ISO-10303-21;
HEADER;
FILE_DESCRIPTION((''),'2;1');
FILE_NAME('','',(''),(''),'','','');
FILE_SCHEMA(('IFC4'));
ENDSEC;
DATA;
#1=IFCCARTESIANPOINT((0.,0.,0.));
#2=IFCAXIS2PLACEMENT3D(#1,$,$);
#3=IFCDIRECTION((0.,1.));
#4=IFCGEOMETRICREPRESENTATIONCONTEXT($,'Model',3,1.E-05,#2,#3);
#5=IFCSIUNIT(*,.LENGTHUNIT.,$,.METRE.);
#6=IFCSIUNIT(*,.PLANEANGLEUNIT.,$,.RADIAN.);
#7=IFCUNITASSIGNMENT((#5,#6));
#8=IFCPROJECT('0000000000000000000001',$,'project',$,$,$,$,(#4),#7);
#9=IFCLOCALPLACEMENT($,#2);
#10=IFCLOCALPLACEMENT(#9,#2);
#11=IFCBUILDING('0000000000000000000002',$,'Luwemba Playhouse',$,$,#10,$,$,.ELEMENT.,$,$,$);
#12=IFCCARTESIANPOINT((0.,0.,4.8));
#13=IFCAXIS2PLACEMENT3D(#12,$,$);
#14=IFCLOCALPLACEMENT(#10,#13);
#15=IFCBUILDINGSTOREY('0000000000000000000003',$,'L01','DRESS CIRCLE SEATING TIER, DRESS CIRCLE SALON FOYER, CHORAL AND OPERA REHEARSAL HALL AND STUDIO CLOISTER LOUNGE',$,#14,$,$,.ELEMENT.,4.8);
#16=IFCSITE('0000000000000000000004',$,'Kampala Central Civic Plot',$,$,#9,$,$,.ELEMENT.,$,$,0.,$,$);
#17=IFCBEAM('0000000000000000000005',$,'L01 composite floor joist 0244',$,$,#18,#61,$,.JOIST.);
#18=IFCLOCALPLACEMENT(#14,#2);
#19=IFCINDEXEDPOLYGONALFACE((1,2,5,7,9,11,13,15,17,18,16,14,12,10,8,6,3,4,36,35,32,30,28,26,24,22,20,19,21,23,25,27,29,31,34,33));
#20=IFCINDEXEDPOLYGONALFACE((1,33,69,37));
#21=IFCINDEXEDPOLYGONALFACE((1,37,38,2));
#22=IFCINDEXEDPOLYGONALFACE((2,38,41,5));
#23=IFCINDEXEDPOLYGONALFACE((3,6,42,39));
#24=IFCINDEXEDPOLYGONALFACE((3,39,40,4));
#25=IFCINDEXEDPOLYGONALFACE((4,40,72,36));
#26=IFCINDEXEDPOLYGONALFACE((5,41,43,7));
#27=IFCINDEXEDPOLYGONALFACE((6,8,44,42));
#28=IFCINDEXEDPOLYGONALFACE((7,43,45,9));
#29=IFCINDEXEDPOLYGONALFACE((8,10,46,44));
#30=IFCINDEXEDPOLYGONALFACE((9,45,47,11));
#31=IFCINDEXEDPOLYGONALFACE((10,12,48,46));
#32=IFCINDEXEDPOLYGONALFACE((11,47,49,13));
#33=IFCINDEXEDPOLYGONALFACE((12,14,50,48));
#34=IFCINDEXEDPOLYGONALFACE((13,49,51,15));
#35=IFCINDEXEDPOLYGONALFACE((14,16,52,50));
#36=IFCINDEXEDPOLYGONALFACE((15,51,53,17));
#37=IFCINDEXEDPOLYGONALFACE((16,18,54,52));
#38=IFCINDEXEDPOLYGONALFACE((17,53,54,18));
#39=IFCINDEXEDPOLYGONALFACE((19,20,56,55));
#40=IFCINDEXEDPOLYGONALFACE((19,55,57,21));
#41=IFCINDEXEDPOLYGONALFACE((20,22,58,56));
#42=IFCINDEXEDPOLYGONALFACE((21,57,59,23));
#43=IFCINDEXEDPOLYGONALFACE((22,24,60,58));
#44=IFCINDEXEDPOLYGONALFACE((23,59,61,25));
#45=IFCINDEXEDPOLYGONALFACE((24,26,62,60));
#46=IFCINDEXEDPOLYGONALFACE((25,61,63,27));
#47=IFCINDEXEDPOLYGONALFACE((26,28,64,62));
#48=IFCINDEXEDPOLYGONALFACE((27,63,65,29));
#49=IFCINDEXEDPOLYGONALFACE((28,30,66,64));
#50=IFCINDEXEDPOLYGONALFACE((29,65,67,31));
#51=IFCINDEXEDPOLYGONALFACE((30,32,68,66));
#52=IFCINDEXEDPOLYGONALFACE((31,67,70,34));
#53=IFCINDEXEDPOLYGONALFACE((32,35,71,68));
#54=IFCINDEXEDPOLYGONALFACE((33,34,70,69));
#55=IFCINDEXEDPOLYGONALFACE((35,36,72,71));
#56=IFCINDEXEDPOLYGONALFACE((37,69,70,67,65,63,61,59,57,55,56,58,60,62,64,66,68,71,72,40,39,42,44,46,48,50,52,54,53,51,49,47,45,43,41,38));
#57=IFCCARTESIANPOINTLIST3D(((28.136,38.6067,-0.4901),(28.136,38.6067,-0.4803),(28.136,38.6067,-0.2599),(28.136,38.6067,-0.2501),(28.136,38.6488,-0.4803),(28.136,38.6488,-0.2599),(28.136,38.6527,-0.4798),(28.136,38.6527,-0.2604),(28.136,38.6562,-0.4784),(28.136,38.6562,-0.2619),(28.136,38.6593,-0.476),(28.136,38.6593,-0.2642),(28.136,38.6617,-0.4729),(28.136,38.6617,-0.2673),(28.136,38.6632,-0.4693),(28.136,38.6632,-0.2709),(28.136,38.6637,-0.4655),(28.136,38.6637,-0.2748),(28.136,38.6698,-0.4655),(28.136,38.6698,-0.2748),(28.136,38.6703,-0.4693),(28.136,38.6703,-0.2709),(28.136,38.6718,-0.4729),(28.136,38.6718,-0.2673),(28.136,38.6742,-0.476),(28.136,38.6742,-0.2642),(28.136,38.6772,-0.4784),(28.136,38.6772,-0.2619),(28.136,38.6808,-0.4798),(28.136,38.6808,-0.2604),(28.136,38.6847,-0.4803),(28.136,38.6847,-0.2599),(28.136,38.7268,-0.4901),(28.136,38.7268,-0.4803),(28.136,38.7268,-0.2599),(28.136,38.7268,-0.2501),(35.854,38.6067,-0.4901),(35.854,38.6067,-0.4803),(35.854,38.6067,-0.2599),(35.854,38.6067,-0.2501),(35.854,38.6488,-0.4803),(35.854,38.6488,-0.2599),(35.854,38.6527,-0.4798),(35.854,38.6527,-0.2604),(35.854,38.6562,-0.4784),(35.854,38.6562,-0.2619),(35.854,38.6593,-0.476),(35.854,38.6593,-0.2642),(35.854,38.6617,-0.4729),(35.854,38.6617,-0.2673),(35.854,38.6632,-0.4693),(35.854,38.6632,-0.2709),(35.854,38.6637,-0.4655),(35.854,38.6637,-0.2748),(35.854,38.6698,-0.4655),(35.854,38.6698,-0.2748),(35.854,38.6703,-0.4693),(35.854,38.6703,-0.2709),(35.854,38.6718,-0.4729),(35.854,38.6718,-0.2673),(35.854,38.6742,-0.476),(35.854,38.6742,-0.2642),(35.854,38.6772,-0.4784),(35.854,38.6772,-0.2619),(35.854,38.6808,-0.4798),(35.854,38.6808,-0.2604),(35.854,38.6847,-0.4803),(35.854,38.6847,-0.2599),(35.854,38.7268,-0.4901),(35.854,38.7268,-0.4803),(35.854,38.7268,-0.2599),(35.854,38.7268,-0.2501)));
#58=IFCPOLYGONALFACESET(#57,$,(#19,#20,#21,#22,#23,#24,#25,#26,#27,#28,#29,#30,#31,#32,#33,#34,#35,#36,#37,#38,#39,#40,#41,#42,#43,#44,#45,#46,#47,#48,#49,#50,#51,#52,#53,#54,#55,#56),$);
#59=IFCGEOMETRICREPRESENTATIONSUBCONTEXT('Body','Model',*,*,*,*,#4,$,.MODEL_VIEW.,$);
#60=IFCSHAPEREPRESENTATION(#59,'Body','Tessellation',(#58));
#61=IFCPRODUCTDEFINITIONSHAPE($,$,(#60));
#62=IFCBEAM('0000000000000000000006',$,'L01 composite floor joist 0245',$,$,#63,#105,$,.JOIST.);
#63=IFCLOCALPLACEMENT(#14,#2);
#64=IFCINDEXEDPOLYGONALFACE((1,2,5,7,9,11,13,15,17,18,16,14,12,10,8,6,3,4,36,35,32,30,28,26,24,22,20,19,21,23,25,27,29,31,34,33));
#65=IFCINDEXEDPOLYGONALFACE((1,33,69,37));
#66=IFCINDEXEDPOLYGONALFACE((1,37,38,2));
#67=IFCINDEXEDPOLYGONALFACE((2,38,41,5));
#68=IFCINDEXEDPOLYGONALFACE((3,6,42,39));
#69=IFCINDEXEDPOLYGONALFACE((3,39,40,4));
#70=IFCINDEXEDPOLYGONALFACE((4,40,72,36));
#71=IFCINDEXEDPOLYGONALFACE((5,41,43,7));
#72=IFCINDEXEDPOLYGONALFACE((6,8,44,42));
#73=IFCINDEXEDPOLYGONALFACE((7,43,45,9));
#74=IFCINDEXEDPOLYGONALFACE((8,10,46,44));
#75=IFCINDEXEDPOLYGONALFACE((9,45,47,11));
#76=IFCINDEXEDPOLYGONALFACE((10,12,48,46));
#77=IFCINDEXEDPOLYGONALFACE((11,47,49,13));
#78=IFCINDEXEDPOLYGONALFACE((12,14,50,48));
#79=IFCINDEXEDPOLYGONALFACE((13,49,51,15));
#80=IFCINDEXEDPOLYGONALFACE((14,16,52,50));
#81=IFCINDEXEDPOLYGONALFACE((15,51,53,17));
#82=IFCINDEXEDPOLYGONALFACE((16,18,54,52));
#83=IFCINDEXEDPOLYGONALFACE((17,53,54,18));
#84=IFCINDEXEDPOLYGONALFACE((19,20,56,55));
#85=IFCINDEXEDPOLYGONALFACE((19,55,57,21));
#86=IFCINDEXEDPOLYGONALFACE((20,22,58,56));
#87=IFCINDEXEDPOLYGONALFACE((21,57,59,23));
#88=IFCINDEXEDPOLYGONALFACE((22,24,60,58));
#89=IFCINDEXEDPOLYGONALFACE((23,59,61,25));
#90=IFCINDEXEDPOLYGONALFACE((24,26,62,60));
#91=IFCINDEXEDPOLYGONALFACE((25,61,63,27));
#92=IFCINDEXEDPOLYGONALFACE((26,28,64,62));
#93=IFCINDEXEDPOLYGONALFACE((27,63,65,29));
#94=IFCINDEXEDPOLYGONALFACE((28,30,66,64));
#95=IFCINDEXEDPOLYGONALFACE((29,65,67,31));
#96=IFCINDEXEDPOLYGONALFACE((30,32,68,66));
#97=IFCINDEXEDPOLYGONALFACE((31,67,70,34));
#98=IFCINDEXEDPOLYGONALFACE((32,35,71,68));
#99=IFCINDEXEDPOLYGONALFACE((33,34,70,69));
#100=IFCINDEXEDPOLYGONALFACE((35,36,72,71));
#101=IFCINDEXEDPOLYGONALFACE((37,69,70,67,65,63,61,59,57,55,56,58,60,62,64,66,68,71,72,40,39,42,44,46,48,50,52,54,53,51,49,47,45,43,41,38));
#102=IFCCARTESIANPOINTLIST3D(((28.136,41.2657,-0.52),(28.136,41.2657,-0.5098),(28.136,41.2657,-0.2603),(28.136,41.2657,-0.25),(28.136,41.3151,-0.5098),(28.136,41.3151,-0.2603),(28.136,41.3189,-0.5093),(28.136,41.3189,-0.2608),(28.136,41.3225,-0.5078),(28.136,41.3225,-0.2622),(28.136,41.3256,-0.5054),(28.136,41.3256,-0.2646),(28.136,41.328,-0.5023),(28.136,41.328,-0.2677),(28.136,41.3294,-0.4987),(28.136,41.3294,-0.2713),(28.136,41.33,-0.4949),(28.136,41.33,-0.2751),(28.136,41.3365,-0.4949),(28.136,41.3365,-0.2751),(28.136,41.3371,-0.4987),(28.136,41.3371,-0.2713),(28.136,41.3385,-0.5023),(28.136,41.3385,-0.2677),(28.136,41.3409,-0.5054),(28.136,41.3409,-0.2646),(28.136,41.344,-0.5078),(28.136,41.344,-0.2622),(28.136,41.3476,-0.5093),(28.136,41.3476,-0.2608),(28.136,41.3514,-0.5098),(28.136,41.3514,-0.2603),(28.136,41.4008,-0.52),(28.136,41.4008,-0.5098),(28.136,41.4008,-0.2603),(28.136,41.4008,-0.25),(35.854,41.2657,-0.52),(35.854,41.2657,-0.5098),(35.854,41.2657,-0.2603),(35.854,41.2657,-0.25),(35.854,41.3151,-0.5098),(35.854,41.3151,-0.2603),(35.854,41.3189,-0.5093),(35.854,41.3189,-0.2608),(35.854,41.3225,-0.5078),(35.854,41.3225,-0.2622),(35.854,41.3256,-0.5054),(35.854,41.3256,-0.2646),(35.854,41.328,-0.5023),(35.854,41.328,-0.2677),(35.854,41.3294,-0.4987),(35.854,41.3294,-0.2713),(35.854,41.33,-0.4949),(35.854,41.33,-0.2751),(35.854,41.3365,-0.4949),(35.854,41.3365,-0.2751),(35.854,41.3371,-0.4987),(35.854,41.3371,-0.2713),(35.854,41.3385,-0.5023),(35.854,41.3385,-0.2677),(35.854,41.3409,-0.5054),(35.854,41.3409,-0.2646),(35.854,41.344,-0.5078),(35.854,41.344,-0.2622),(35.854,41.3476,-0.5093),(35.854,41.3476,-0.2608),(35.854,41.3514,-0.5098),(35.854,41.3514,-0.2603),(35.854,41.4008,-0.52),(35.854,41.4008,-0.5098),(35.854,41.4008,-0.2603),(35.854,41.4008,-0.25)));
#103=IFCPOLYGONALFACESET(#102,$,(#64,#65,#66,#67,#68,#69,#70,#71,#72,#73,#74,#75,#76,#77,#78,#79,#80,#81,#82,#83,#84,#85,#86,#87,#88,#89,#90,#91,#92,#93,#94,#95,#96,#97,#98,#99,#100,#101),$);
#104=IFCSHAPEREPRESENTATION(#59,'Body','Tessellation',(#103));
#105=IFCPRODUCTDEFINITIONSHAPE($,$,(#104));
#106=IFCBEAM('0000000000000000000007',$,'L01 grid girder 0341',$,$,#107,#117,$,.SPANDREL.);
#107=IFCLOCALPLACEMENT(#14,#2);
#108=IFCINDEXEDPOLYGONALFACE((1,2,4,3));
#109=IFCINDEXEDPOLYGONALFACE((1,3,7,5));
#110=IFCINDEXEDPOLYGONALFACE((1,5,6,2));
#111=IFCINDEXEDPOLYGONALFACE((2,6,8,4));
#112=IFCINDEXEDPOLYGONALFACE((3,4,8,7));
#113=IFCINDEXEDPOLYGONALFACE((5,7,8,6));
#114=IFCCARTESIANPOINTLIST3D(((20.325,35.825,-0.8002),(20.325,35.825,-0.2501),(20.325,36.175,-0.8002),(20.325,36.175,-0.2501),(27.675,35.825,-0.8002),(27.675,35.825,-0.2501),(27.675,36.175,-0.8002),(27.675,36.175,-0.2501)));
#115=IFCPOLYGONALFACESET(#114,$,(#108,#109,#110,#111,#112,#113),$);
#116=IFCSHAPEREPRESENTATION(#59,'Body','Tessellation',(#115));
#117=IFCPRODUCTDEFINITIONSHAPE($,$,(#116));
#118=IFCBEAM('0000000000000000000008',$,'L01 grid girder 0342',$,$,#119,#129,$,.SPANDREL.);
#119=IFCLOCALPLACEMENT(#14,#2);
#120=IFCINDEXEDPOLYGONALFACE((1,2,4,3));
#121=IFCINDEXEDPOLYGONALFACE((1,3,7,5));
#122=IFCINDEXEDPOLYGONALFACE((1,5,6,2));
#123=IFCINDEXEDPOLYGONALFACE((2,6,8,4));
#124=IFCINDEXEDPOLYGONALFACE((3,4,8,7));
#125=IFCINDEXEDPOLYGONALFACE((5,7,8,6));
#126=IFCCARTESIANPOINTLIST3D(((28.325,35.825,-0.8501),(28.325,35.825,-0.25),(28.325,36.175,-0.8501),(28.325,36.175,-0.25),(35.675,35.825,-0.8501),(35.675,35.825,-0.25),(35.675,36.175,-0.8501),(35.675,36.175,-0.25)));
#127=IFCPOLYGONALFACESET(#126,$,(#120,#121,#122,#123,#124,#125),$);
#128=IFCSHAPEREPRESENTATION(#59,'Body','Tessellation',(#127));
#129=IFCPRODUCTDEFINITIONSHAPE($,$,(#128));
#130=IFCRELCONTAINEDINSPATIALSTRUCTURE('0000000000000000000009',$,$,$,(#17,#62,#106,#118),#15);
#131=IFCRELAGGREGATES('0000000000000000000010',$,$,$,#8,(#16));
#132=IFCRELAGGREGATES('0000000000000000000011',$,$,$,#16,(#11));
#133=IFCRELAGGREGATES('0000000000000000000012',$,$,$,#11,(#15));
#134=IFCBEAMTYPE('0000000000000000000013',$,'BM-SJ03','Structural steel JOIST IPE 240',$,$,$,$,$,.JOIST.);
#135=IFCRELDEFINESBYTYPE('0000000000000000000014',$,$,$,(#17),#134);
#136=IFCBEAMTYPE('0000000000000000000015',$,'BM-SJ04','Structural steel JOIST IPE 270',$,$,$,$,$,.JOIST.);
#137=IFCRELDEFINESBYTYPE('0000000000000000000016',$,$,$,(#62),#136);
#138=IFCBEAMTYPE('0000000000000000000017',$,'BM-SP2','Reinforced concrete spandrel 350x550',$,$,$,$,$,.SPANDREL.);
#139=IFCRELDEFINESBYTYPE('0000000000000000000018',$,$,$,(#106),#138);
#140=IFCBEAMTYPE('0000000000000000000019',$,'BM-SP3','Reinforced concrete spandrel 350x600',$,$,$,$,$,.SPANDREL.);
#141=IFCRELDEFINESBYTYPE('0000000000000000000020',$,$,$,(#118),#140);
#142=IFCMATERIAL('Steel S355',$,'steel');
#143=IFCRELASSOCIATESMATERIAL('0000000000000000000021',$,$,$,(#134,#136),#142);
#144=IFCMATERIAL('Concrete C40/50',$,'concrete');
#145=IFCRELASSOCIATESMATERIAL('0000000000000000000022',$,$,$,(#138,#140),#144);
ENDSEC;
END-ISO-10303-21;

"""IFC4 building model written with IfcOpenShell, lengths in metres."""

from ifc_helpers import new_model, si_unit, direction, frame, origin, origin_2d, place, context, subcontext, project, spatial, rectangle, i_section, extrude, material, material_profile, profile_set, type_object, element, save


model = new_model("IFC4")

# Units and contexts
model_context = context("Model", 3, precision=1e-05, world=origin(), true_north=direction((0.0, 1.0)))
body_context = subcontext(model_context, "Body", "Model", "MODEL_VIEW")
ifc_project = project(units=[si_unit("LENGTHUNIT", "METRE"), si_unit("PLANEANGLEUNIT", "RADIAN")], contexts=[model_context])

# Site, building, storey
site_placement = place(None, origin())
site = spatial("IfcSite", under=ifc_project, at=site_placement, Name="Kampala Central Civic Plot", CompositionType="ELEMENT", RefElevation=0.0)
building_placement = place(site_placement, origin())
building = spatial("IfcBuilding", under=site, at=building_placement, Name="Luwemba Playhouse", CompositionType="ELEMENT")
storey_placement = place(building_placement, frame((0.0, 0.0, 4.8)))
storey = spatial("IfcBuildingStorey", under=building, at=storey_placement, Name="L01", Description="DRESS CIRCLE SEATING TIER, DRESS CIRCLE SALON FOYER, CHORAL AND OPERA REHEARSAL HALL AND STUDIO CLOISTER LOUNGE", CompositionType="ELEMENT", Elevation=4.8)

# Shared definitions
ifc_material_1 = material(Name="Concrete C40/50", Category="concrete")

# Beams
ifc_material_2 = material(Name="Steel S355", Category="steel")
ifc_material_profile_1 = material_profile(ifc_material_2, i_section(OverallWidth=0.1201, OverallDepth=0.24, WebThickness=0.0061, FlangeThickness=0.0098, FilletRadius=0.0149, at=origin_2d()))
ifc_profile_set_1 = profile_set([ifc_material_profile_1], Name="Steel S355")
beam_type_1 = type_object("IfcBeamType", Name="BM-SJ03", Description="Structural steel JOIST IPE 240", PredefinedType="JOIST", material=ifc_profile_set_1)
beam_1_placement = place(storey_placement, frame((28.136, 38.6667, -0.3701), z_axis=(1.0, 0.0, 0.0), x_axis=(0.0, 1.0, 0.0)))
element("IfcBeam", 1, at=beam_1_placement, inside=storey, type_object=beam_type_1, Name="L01 composite floor joist 0244", PredefinedType="JOIST", context=body_context, shape_type="SweptSolid", body=[
    extrude(i_section(OverallWidth=0.1201, OverallDepth=0.24, WebThickness=0.0061, FlangeThickness=0.0098, FilletRadius=0.0149, at=origin_2d()), origin(), (0.0, 0.0, 1.0), 7.718),
])
ifc_material_profile_2 = material_profile(ifc_material_2, i_section(OverallWidth=0.135, OverallDepth=0.27, WebThickness=0.0066, FlangeThickness=0.0103, FilletRadius=0.0149, at=origin_2d()))
ifc_profile_set_2 = profile_set([ifc_material_profile_2], Name="Steel S355")
beam_type_2 = type_object("IfcBeamType", Name="BM-SJ04", Description="Structural steel JOIST IPE 270", PredefinedType="JOIST", material=ifc_profile_set_2)
beam_2_placement = place(storey_placement, frame((28.136, 41.3333, -0.385), z_axis=(1.0, 0.0, 0.0), x_axis=(0.0, 1.0, 0.0)))
element("IfcBeam", 2, at=beam_2_placement, inside=storey, type_object=beam_type_2, Name="L01 composite floor joist 0245", PredefinedType="JOIST", context=body_context, shape_type="SweptSolid", body=[
    extrude(i_section(OverallWidth=0.135, OverallDepth=0.27, WebThickness=0.0066, FlangeThickness=0.0103, FilletRadius=0.0149, at=origin_2d()), origin(), (0.0, 0.0, 1.0), 7.718),
])
ifc_material_profile_3 = material_profile(ifc_material_1, rectangle(XDim=0.3501, YDim=0.55, at=origin_2d()))
ifc_profile_set_3 = profile_set([ifc_material_profile_3], Name="Concrete C40/50")
beam_type_3 = type_object("IfcBeamType", Name="BM-SP2", Description="Reinforced concrete spandrel 350x550", PredefinedType="SPANDREL", material=ifc_profile_set_3)
beam_3_placement = place(storey_placement, frame((20.325, 36.0, -0.5251), z_axis=(1.0, 0.0, 0.0), x_axis=(0.0, 1.0, 0.0)))
element("IfcBeam", 3, at=beam_3_placement, inside=storey, type_object=beam_type_3, Name="L01 grid girder 0341", PredefinedType="SPANDREL", context=body_context, shape_type="SweptSolid", body=[
    extrude(rectangle(XDim=0.3501, YDim=0.55, at=origin_2d()), origin(), (0.0, 0.0, 1.0), 7.3501),
])
ifc_material_profile_4 = material_profile(ifc_material_1, rectangle(XDim=0.3501, YDim=0.6001, at=origin_2d()))
ifc_profile_set_4 = profile_set([ifc_material_profile_4], Name="Concrete C40/50")
beam_type_4 = type_object("IfcBeamType", Name="BM-SP3", Description="Reinforced concrete spandrel 350x600", PredefinedType="SPANDREL", material=ifc_profile_set_4)
beam_4_placement = place(storey_placement, frame((28.325, 36.0, -0.55), z_axis=(1.0, 0.0, 0.0), x_axis=(0.0, 1.0, 0.0)))
element("IfcBeam", 4, at=beam_4_placement, inside=storey, type_object=beam_type_4, Name="L01 grid girder 0342", PredefinedType="SPANDREL", context=body_context, shape_type="SweptSolid", body=[
    extrude(rectangle(XDim=0.3501, YDim=0.6001, at=origin_2d()), origin(), (0.0, 0.0, 1.0), 7.3501),
])

save(model, "model.ifc")
